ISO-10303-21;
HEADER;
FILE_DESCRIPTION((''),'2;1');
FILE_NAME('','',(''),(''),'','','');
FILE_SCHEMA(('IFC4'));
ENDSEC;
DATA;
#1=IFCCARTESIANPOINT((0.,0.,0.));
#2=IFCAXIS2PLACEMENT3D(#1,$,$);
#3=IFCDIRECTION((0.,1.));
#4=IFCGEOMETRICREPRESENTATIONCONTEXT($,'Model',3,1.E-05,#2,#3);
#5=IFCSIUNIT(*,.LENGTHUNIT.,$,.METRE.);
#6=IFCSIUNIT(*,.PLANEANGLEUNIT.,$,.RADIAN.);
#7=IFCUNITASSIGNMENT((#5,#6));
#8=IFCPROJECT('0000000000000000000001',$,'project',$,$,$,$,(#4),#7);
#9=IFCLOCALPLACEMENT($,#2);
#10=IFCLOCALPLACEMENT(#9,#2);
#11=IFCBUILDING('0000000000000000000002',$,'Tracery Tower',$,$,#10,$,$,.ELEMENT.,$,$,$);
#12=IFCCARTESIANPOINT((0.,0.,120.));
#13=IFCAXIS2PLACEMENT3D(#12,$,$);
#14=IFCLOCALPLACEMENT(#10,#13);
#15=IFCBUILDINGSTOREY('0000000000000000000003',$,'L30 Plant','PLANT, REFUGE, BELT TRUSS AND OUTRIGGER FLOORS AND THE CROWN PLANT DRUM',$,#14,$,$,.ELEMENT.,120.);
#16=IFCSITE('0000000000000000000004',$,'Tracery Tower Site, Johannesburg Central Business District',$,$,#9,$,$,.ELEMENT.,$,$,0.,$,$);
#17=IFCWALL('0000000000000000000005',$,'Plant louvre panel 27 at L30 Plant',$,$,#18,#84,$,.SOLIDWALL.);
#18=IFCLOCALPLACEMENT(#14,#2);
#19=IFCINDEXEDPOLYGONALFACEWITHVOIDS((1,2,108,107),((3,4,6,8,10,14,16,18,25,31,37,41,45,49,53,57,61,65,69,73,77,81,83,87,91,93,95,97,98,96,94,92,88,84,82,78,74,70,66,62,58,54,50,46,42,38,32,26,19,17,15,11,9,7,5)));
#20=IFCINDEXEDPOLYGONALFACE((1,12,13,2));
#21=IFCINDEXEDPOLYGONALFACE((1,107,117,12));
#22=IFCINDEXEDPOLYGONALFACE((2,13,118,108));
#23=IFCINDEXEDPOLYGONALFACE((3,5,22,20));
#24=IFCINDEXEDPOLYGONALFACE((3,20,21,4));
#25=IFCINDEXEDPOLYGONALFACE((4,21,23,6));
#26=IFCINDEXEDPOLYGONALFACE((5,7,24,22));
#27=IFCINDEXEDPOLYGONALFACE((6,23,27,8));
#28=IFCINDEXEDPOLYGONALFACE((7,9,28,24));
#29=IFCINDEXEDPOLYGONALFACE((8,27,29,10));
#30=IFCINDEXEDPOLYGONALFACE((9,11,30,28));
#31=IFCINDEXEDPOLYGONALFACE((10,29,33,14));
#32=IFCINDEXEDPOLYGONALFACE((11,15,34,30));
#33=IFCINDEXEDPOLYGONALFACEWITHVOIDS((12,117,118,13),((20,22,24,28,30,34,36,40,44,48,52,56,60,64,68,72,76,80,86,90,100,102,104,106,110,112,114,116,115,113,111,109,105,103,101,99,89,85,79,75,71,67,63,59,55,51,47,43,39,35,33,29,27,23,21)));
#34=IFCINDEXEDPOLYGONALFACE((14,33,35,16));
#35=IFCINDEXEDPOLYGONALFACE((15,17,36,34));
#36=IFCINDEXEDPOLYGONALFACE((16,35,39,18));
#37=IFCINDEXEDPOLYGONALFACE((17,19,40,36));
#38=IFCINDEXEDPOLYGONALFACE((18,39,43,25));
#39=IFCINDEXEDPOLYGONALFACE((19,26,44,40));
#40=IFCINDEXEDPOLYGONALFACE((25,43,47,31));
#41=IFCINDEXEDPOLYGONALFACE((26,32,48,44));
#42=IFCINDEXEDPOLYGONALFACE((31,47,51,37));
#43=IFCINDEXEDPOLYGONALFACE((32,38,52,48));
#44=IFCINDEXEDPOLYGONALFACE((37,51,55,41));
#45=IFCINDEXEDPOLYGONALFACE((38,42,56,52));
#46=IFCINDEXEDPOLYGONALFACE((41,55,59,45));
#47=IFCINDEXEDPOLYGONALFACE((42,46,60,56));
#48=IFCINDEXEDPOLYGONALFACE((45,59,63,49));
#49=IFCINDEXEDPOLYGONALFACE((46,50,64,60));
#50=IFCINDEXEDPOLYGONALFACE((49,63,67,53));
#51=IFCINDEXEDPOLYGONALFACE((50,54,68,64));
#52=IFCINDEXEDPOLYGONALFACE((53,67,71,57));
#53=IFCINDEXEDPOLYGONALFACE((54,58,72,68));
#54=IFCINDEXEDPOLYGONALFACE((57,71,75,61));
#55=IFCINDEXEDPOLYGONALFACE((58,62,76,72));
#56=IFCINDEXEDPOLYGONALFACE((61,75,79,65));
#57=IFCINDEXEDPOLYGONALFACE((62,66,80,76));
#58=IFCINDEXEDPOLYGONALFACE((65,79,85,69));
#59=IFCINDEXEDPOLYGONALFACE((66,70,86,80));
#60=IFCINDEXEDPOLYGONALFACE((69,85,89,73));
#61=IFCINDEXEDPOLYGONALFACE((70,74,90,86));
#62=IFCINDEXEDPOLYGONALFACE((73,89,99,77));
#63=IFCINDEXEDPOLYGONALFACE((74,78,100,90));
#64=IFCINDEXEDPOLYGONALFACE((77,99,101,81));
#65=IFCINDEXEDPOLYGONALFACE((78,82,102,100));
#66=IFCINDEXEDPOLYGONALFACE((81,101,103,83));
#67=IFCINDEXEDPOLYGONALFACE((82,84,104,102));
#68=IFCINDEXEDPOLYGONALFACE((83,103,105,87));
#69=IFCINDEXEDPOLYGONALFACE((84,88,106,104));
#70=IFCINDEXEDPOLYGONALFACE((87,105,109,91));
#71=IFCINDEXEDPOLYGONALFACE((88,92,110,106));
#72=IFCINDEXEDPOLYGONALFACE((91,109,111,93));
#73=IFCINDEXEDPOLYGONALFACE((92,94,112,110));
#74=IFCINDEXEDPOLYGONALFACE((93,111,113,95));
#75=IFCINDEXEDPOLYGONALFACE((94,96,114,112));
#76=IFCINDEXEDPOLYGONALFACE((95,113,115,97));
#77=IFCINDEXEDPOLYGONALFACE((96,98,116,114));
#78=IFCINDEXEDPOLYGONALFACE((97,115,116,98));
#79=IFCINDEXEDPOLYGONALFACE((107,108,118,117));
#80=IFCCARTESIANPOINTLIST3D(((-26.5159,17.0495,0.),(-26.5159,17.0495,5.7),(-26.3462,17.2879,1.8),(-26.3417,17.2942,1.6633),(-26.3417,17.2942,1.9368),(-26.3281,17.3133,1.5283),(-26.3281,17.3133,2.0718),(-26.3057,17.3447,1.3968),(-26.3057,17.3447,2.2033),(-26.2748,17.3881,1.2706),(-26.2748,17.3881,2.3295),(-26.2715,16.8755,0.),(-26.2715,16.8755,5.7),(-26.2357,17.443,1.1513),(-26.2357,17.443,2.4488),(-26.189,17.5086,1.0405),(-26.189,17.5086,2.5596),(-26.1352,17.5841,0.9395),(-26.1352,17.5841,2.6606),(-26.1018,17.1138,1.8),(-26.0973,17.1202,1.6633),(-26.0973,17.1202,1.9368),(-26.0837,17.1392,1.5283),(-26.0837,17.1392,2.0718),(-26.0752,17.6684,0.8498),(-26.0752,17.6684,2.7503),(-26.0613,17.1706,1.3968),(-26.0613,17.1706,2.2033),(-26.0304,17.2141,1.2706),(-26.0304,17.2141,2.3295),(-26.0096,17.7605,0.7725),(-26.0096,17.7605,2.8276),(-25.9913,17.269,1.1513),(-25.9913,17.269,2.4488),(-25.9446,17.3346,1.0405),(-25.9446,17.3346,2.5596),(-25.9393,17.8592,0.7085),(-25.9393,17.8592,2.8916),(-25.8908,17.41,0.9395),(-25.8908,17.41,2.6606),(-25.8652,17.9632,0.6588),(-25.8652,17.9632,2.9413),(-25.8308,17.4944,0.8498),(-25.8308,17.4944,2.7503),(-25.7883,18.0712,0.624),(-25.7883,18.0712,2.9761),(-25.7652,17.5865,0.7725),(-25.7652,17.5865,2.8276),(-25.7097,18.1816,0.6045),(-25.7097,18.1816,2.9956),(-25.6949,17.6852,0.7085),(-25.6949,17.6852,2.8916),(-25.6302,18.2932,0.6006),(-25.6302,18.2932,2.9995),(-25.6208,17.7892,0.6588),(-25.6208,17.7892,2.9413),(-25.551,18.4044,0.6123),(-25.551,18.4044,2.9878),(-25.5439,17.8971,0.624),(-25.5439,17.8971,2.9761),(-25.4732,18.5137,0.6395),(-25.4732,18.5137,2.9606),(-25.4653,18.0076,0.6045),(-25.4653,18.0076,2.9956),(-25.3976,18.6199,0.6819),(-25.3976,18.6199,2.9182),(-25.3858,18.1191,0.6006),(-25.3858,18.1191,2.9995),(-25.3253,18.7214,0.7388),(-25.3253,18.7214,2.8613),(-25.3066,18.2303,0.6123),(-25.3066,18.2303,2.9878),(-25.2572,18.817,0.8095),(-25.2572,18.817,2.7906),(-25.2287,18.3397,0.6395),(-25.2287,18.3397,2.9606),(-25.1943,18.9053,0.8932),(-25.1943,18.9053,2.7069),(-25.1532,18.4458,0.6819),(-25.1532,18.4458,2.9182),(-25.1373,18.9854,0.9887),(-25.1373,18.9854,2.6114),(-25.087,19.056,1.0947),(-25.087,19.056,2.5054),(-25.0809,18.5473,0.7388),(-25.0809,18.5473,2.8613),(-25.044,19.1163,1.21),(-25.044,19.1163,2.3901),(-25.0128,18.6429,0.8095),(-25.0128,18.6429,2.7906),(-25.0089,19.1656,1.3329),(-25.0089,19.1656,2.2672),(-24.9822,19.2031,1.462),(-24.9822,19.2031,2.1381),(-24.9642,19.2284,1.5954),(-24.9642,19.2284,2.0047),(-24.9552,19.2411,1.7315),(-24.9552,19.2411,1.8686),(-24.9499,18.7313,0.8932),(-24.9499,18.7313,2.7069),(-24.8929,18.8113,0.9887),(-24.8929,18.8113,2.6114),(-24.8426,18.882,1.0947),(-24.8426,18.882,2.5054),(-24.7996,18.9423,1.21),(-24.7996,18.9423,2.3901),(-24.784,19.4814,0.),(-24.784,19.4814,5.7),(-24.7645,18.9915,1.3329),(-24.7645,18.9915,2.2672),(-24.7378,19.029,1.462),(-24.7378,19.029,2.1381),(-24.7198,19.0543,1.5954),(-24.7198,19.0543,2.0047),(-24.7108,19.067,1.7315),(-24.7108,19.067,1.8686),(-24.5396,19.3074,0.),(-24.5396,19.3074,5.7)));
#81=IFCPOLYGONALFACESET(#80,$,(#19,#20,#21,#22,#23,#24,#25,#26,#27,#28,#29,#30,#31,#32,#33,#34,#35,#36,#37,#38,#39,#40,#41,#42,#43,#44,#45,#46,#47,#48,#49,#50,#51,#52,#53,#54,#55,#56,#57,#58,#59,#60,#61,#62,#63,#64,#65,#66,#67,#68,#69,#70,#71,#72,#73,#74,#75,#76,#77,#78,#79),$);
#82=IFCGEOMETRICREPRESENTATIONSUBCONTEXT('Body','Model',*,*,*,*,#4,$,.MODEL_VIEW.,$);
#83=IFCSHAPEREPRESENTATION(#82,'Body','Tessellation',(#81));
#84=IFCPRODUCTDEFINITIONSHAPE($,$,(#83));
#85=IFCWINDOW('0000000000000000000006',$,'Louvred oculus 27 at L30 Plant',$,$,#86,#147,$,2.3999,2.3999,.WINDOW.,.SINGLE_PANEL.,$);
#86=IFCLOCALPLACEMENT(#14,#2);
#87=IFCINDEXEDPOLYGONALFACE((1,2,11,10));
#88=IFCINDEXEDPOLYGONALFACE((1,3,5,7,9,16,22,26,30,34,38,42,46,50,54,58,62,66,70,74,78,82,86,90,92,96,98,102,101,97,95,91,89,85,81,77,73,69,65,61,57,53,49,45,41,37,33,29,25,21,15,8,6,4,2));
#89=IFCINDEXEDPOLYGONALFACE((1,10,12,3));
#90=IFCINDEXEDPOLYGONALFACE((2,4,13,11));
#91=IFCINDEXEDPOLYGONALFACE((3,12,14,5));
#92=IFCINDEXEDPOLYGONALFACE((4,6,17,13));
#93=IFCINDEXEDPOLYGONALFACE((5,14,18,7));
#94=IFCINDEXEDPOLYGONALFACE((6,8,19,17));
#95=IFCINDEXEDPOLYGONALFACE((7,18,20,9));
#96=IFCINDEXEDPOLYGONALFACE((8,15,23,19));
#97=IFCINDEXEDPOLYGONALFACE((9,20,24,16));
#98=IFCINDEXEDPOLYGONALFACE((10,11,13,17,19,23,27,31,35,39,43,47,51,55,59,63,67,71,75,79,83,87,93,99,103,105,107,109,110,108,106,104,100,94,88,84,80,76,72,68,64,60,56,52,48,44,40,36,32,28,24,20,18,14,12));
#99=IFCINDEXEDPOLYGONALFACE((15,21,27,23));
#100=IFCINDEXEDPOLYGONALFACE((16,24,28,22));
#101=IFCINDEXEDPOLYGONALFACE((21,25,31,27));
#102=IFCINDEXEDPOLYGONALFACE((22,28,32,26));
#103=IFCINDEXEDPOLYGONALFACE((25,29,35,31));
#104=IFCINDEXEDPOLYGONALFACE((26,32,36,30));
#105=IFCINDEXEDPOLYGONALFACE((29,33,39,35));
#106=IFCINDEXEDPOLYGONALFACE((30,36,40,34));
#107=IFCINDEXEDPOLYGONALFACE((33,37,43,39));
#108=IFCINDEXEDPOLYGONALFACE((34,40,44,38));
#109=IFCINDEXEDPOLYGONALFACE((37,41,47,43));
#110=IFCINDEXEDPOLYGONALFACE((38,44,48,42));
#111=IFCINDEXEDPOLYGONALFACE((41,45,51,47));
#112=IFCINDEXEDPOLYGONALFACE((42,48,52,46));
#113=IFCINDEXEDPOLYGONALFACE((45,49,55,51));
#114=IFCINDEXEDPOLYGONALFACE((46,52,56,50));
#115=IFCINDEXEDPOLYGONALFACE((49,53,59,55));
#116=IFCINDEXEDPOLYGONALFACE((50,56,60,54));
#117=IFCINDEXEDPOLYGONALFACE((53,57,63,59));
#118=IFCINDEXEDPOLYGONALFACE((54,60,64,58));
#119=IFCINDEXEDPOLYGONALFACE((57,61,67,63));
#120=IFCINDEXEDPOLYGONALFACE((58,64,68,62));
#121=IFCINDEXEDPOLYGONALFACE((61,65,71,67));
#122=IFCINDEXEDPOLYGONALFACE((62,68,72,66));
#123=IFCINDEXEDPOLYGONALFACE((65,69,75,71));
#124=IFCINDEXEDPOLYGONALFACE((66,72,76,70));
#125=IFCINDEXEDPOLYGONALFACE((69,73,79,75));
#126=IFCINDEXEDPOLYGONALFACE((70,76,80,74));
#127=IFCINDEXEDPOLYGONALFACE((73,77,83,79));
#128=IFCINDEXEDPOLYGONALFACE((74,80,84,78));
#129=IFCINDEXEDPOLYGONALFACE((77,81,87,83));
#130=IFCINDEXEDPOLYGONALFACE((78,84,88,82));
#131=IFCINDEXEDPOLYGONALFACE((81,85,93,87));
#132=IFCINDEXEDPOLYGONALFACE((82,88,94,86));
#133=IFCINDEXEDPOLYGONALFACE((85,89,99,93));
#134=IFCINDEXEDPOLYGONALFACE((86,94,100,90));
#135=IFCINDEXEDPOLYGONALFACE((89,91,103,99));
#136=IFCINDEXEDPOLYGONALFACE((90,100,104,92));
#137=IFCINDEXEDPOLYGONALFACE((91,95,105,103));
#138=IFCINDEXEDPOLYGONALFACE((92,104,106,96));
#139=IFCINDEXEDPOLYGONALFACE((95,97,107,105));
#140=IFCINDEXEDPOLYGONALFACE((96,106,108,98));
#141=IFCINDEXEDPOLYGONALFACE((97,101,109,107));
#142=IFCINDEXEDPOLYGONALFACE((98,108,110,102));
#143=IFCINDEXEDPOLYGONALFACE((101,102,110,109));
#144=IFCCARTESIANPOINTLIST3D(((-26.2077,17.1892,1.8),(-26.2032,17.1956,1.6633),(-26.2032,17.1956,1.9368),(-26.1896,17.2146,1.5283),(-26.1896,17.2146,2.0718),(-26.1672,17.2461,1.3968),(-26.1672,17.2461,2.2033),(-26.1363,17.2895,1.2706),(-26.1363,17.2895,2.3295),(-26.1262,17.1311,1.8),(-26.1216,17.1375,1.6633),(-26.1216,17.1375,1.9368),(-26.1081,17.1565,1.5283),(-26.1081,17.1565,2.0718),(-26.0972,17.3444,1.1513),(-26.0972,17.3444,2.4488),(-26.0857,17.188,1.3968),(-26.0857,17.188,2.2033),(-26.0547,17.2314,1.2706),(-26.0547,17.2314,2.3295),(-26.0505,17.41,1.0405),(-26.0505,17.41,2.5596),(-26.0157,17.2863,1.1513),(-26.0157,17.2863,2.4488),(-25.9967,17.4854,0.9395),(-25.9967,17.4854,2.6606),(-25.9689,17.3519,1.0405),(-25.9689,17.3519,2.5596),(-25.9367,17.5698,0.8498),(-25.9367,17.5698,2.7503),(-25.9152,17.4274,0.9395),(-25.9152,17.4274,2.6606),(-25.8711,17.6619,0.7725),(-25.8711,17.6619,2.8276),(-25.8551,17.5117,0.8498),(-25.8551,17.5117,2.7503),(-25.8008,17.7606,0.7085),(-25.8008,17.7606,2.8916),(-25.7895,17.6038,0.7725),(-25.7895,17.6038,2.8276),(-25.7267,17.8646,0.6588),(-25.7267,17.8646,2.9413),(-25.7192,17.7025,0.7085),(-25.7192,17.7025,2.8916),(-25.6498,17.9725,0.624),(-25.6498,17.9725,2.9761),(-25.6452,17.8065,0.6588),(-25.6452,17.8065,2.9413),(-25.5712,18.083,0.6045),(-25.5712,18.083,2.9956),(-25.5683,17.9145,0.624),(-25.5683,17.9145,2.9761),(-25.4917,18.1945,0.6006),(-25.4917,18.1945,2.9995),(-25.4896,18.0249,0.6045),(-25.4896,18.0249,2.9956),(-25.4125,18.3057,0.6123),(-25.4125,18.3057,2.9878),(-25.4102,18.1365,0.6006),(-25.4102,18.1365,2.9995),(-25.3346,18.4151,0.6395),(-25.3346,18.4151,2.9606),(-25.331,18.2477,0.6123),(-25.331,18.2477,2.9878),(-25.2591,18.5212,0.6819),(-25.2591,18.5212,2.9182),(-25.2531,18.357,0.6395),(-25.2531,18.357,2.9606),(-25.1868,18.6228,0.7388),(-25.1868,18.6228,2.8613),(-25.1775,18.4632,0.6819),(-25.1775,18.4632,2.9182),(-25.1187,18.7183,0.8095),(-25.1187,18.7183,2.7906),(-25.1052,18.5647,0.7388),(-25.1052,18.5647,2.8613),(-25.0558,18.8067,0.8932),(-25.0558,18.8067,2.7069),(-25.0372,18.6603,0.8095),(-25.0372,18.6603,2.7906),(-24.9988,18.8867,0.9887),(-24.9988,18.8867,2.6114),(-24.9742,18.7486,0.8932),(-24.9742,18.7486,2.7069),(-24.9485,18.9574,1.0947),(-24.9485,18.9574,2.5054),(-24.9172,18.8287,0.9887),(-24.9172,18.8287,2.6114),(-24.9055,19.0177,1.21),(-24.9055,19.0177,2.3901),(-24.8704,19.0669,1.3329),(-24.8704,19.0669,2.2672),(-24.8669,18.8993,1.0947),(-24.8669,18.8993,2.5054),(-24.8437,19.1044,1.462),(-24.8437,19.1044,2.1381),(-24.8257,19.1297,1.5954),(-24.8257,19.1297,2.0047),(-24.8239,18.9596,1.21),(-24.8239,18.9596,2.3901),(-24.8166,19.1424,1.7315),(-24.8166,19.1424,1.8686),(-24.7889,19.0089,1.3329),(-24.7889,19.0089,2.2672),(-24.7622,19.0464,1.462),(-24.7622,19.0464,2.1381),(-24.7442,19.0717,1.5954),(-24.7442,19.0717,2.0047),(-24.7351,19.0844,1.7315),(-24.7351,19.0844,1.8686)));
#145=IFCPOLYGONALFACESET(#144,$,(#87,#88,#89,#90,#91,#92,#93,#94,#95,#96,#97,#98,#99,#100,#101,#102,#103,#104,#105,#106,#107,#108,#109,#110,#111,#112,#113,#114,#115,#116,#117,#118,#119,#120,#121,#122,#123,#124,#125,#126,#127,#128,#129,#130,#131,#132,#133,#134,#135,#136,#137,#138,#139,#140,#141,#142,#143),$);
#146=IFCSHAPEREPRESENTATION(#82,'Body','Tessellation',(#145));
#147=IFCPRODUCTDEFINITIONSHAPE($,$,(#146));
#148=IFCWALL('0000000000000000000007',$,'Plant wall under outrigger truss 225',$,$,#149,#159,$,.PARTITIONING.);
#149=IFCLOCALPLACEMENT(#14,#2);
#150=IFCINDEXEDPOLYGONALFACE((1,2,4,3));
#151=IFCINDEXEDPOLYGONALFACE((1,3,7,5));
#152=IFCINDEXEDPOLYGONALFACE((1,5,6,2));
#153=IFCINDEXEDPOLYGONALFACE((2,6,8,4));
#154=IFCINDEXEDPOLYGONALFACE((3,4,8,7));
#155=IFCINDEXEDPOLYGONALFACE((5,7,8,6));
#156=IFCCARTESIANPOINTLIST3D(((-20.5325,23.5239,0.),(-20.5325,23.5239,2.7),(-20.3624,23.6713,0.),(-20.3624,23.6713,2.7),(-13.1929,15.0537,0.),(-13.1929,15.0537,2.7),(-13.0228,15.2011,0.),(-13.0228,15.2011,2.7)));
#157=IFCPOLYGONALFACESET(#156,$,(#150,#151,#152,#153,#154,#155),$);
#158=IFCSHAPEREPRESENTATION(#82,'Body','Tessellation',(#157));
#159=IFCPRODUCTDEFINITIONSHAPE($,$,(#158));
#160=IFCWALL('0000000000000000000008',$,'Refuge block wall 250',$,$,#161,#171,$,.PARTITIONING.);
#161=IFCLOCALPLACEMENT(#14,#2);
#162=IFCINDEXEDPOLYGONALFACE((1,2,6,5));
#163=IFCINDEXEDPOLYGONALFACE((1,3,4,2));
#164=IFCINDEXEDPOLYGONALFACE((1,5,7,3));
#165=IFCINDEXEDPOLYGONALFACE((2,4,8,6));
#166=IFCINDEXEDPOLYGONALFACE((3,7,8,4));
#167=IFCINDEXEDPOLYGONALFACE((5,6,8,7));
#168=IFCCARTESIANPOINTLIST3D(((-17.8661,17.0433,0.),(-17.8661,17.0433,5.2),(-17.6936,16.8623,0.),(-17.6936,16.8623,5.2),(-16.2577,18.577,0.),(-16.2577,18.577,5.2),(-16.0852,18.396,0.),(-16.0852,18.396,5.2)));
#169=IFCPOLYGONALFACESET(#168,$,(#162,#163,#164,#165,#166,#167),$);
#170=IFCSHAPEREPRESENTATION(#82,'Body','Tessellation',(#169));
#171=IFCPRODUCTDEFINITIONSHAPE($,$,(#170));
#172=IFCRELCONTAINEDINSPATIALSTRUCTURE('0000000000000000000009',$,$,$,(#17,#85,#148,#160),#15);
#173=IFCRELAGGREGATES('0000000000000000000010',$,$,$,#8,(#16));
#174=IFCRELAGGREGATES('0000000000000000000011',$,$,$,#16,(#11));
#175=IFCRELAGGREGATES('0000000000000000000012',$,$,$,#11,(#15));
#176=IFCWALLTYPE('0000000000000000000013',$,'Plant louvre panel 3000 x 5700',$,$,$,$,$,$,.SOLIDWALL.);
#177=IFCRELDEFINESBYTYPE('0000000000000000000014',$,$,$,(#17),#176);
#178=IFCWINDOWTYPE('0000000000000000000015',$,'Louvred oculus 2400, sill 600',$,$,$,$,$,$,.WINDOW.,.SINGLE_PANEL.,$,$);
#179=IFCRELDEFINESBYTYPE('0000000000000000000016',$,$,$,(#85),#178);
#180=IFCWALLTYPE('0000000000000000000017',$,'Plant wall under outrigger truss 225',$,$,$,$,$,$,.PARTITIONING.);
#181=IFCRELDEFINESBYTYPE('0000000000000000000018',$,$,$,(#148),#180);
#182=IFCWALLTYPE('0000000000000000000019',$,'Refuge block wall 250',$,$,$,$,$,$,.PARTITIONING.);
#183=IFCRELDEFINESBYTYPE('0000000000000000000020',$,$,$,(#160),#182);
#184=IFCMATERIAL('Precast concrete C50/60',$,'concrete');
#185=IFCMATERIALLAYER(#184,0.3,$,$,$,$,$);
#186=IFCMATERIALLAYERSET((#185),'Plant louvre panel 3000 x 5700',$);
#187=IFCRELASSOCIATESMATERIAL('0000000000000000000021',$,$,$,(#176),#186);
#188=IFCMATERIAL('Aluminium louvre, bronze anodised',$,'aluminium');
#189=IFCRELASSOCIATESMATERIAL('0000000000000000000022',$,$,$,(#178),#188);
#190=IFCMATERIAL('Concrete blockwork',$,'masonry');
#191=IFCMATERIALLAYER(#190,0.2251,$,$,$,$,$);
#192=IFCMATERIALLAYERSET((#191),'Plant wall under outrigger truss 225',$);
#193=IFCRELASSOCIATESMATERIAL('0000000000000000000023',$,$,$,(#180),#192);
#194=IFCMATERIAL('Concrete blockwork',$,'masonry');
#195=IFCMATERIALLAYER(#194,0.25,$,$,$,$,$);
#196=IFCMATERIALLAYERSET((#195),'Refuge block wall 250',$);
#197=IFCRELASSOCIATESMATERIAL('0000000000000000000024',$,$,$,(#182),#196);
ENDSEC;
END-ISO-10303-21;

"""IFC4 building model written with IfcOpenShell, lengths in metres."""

from ifc_helpers import new_model, si_unit, direction, frame, frame_2d, origin, origin_2d, place, context, subcontext, project, spatial, rectangle, circle, extrude, material, layer, layer_set, type_object, element, fill, save


model = new_model("IFC4")

# Units and contexts
model_context = context("Model", 3, precision=1e-05, world=origin(), true_north=direction((0.0, 1.0)))
body_context = subcontext(model_context, "Body", "Model", "MODEL_VIEW")
ifc_project = project(units=[si_unit("LENGTHUNIT", "METRE"), si_unit("PLANEANGLEUNIT", "RADIAN")], contexts=[model_context])

# Site, building, storey
site_placement = place(None, origin())
site = spatial("IfcSite", under=ifc_project, at=site_placement, Name="Tracery Tower Site, Johannesburg Central Business District", CompositionType="ELEMENT", RefElevation=0.0)
building_placement = place(site_placement, origin())
building = spatial("IfcBuilding", under=site, at=building_placement, Name="Tracery Tower", CompositionType="ELEMENT")
storey_placement = place(building_placement, frame((0.0, 0.0, 120.0)))
storey = spatial("IfcBuildingStorey", under=building, at=storey_placement, Name="L30 Plant", Description="PLANT, REFUGE, BELT TRUSS AND OUTRIGGER FLOORS AND THE CROWN PLANT DRUM", CompositionType="ELEMENT", Elevation=120.0)

# Wall, opening, window
ifc_material_1 = material(Name="Precast concrete C50/60", Category="concrete")
ifc_layer_1 = layer(ifc_material_1, 0.3)
ifc_layer_set_1 = layer_set([ifc_layer_1], Name="Plant louvre panel 3000 x 5700")
wall_type_1 = type_object("IfcWallType", Name="Plant louvre panel 3000 x 5700", PredefinedType="SOLIDWALL", material=ifc_layer_set_1)
ifc_material_2 = material(Name="Aluminium louvre, bronze anodised", Category="aluminium")
window_type = type_object("IfcWindowType", Name="Louvred oculus 2400, sill 600", PartitioningType="SINGLE_PANEL", PredefinedType="WINDOW", material=ifc_material_2)
wall_1_placement = place(storey_placement, frame((-24.6619, 19.3943, 0.0), z_axis=(0.0, 0.0, 1.0), x_axis=(-0.580101, -0.814545, 0.0)))
wall_1 = element("IfcWall", 1, at=wall_1_placement, inside=storey, type_object=wall_type_1, Name="Plant louvre panel 27 at L30 Plant", PredefinedType="SOLIDWALL", context=body_context, shape_type="SweptSolid", body=[
    extrude(rectangle(XDim=2.9856, YDim=0.3, at=frame_2d((1.4927, 0.0))), origin(), (0.0, 0.0, 1.0), 5.7),
])
opening_1_placement = place(wall_1_placement, frame((1.4929, 0.0, 1.8)))
opening_1 = element("IfcOpeningElement", 2, at=opening_1_placement, cuts=wall_1, PredefinedType="OPENING", context=body_context, shape_type="SweptSolid", body=[
    extrude(circle(Radius=1.2, at=origin_2d()), frame((0.0, 0.1599, 0.0), z_axis=(0.0, -1.0, 0.0), x_axis=(1.0, 0.0, 0.0)), (0.0, 0.0, 1.0), 0.3201),
])
window_1_placement = place(opening_1_placement, origin())
window_1 = element("IfcWindow", 3, at=window_1_placement, inside=storey, type_object=window_type, Name="Louvred oculus 27 at L30 Plant", OverallHeight=2.3999, OverallWidth=2.3999, PartitioningType="SINGLE_PANEL", PredefinedType="WINDOW", context=body_context, shape_type="SweptSolid", body=[
    extrude(circle(Radius=1.2, at=origin_2d()), frame((0.0, 0.1201, 0.0), z_axis=(0.0, -1.0, 0.0), x_axis=(1.0, 0.0, 0.0)), (0.0, 0.0, 1.0), 0.1001),
])
fill(opening_1, window_1)

# Walls
ifc_material_3 = material(Name="Concrete blockwork", Category="masonry")
ifc_layer_2 = layer(ifc_material_3, 0.2251)
ifc_layer_set_2 = layer_set([ifc_layer_2], Name="Plant wall under outrigger truss 225")
wall_type_2 = type_object("IfcWallType", Name="Plant wall under outrigger truss 225", PredefinedType="PARTITIONING", material=ifc_layer_set_2)
wall_2_placement = place(storey_placement, frame((-20.4475, 23.5977, 0.0), z_axis=(0.0, 0.0, 1.0), x_axis=(0.654867, -0.755744, 0.0)))
element("IfcWall", 4, at=wall_2_placement, inside=storey, type_object=wall_type_2, Name="Plant wall under outrigger truss 225", PredefinedType="PARTITIONING", context=body_context, shape_type="SweptSolid", body=[
    extrude(rectangle(XDim=11.2078, YDim=0.2251, at=frame_2d((5.604, 0.0))), origin(), (0.0, 0.0, 1.0), 2.7),
])
ifc_material_4 = material(Name="Concrete blockwork", Category="masonry")
ifc_layer_3 = layer(ifc_material_4, 0.25)
ifc_layer_set_3 = layer_set([ifc_layer_3], Name="Refuge block wall 250")
wall_type_3 = type_object("IfcWallType", Name="Refuge block wall 250", PredefinedType="PARTITIONING", material=ifc_layer_set_3)
wall_3_placement = place(storey_placement, frame((-16.1714, 18.4866, 0.0), z_axis=(0.0, 0.0, 1.0), x_axis=(-0.723715, -0.690099, 0.0)))
element("IfcWall", 5, at=wall_3_placement, inside=storey, type_object=wall_type_3, Name="Refuge block wall 250", PredefinedType="PARTITIONING", context=body_context, shape_type="SweptSolid", body=[
    extrude(rectangle(XDim=2.2224, YDim=0.25, at=frame_2d((1.1113, 0.0))), origin(), (0.0, 0.0, 1.0), 5.2),
])

save(model, "model.ifc")
